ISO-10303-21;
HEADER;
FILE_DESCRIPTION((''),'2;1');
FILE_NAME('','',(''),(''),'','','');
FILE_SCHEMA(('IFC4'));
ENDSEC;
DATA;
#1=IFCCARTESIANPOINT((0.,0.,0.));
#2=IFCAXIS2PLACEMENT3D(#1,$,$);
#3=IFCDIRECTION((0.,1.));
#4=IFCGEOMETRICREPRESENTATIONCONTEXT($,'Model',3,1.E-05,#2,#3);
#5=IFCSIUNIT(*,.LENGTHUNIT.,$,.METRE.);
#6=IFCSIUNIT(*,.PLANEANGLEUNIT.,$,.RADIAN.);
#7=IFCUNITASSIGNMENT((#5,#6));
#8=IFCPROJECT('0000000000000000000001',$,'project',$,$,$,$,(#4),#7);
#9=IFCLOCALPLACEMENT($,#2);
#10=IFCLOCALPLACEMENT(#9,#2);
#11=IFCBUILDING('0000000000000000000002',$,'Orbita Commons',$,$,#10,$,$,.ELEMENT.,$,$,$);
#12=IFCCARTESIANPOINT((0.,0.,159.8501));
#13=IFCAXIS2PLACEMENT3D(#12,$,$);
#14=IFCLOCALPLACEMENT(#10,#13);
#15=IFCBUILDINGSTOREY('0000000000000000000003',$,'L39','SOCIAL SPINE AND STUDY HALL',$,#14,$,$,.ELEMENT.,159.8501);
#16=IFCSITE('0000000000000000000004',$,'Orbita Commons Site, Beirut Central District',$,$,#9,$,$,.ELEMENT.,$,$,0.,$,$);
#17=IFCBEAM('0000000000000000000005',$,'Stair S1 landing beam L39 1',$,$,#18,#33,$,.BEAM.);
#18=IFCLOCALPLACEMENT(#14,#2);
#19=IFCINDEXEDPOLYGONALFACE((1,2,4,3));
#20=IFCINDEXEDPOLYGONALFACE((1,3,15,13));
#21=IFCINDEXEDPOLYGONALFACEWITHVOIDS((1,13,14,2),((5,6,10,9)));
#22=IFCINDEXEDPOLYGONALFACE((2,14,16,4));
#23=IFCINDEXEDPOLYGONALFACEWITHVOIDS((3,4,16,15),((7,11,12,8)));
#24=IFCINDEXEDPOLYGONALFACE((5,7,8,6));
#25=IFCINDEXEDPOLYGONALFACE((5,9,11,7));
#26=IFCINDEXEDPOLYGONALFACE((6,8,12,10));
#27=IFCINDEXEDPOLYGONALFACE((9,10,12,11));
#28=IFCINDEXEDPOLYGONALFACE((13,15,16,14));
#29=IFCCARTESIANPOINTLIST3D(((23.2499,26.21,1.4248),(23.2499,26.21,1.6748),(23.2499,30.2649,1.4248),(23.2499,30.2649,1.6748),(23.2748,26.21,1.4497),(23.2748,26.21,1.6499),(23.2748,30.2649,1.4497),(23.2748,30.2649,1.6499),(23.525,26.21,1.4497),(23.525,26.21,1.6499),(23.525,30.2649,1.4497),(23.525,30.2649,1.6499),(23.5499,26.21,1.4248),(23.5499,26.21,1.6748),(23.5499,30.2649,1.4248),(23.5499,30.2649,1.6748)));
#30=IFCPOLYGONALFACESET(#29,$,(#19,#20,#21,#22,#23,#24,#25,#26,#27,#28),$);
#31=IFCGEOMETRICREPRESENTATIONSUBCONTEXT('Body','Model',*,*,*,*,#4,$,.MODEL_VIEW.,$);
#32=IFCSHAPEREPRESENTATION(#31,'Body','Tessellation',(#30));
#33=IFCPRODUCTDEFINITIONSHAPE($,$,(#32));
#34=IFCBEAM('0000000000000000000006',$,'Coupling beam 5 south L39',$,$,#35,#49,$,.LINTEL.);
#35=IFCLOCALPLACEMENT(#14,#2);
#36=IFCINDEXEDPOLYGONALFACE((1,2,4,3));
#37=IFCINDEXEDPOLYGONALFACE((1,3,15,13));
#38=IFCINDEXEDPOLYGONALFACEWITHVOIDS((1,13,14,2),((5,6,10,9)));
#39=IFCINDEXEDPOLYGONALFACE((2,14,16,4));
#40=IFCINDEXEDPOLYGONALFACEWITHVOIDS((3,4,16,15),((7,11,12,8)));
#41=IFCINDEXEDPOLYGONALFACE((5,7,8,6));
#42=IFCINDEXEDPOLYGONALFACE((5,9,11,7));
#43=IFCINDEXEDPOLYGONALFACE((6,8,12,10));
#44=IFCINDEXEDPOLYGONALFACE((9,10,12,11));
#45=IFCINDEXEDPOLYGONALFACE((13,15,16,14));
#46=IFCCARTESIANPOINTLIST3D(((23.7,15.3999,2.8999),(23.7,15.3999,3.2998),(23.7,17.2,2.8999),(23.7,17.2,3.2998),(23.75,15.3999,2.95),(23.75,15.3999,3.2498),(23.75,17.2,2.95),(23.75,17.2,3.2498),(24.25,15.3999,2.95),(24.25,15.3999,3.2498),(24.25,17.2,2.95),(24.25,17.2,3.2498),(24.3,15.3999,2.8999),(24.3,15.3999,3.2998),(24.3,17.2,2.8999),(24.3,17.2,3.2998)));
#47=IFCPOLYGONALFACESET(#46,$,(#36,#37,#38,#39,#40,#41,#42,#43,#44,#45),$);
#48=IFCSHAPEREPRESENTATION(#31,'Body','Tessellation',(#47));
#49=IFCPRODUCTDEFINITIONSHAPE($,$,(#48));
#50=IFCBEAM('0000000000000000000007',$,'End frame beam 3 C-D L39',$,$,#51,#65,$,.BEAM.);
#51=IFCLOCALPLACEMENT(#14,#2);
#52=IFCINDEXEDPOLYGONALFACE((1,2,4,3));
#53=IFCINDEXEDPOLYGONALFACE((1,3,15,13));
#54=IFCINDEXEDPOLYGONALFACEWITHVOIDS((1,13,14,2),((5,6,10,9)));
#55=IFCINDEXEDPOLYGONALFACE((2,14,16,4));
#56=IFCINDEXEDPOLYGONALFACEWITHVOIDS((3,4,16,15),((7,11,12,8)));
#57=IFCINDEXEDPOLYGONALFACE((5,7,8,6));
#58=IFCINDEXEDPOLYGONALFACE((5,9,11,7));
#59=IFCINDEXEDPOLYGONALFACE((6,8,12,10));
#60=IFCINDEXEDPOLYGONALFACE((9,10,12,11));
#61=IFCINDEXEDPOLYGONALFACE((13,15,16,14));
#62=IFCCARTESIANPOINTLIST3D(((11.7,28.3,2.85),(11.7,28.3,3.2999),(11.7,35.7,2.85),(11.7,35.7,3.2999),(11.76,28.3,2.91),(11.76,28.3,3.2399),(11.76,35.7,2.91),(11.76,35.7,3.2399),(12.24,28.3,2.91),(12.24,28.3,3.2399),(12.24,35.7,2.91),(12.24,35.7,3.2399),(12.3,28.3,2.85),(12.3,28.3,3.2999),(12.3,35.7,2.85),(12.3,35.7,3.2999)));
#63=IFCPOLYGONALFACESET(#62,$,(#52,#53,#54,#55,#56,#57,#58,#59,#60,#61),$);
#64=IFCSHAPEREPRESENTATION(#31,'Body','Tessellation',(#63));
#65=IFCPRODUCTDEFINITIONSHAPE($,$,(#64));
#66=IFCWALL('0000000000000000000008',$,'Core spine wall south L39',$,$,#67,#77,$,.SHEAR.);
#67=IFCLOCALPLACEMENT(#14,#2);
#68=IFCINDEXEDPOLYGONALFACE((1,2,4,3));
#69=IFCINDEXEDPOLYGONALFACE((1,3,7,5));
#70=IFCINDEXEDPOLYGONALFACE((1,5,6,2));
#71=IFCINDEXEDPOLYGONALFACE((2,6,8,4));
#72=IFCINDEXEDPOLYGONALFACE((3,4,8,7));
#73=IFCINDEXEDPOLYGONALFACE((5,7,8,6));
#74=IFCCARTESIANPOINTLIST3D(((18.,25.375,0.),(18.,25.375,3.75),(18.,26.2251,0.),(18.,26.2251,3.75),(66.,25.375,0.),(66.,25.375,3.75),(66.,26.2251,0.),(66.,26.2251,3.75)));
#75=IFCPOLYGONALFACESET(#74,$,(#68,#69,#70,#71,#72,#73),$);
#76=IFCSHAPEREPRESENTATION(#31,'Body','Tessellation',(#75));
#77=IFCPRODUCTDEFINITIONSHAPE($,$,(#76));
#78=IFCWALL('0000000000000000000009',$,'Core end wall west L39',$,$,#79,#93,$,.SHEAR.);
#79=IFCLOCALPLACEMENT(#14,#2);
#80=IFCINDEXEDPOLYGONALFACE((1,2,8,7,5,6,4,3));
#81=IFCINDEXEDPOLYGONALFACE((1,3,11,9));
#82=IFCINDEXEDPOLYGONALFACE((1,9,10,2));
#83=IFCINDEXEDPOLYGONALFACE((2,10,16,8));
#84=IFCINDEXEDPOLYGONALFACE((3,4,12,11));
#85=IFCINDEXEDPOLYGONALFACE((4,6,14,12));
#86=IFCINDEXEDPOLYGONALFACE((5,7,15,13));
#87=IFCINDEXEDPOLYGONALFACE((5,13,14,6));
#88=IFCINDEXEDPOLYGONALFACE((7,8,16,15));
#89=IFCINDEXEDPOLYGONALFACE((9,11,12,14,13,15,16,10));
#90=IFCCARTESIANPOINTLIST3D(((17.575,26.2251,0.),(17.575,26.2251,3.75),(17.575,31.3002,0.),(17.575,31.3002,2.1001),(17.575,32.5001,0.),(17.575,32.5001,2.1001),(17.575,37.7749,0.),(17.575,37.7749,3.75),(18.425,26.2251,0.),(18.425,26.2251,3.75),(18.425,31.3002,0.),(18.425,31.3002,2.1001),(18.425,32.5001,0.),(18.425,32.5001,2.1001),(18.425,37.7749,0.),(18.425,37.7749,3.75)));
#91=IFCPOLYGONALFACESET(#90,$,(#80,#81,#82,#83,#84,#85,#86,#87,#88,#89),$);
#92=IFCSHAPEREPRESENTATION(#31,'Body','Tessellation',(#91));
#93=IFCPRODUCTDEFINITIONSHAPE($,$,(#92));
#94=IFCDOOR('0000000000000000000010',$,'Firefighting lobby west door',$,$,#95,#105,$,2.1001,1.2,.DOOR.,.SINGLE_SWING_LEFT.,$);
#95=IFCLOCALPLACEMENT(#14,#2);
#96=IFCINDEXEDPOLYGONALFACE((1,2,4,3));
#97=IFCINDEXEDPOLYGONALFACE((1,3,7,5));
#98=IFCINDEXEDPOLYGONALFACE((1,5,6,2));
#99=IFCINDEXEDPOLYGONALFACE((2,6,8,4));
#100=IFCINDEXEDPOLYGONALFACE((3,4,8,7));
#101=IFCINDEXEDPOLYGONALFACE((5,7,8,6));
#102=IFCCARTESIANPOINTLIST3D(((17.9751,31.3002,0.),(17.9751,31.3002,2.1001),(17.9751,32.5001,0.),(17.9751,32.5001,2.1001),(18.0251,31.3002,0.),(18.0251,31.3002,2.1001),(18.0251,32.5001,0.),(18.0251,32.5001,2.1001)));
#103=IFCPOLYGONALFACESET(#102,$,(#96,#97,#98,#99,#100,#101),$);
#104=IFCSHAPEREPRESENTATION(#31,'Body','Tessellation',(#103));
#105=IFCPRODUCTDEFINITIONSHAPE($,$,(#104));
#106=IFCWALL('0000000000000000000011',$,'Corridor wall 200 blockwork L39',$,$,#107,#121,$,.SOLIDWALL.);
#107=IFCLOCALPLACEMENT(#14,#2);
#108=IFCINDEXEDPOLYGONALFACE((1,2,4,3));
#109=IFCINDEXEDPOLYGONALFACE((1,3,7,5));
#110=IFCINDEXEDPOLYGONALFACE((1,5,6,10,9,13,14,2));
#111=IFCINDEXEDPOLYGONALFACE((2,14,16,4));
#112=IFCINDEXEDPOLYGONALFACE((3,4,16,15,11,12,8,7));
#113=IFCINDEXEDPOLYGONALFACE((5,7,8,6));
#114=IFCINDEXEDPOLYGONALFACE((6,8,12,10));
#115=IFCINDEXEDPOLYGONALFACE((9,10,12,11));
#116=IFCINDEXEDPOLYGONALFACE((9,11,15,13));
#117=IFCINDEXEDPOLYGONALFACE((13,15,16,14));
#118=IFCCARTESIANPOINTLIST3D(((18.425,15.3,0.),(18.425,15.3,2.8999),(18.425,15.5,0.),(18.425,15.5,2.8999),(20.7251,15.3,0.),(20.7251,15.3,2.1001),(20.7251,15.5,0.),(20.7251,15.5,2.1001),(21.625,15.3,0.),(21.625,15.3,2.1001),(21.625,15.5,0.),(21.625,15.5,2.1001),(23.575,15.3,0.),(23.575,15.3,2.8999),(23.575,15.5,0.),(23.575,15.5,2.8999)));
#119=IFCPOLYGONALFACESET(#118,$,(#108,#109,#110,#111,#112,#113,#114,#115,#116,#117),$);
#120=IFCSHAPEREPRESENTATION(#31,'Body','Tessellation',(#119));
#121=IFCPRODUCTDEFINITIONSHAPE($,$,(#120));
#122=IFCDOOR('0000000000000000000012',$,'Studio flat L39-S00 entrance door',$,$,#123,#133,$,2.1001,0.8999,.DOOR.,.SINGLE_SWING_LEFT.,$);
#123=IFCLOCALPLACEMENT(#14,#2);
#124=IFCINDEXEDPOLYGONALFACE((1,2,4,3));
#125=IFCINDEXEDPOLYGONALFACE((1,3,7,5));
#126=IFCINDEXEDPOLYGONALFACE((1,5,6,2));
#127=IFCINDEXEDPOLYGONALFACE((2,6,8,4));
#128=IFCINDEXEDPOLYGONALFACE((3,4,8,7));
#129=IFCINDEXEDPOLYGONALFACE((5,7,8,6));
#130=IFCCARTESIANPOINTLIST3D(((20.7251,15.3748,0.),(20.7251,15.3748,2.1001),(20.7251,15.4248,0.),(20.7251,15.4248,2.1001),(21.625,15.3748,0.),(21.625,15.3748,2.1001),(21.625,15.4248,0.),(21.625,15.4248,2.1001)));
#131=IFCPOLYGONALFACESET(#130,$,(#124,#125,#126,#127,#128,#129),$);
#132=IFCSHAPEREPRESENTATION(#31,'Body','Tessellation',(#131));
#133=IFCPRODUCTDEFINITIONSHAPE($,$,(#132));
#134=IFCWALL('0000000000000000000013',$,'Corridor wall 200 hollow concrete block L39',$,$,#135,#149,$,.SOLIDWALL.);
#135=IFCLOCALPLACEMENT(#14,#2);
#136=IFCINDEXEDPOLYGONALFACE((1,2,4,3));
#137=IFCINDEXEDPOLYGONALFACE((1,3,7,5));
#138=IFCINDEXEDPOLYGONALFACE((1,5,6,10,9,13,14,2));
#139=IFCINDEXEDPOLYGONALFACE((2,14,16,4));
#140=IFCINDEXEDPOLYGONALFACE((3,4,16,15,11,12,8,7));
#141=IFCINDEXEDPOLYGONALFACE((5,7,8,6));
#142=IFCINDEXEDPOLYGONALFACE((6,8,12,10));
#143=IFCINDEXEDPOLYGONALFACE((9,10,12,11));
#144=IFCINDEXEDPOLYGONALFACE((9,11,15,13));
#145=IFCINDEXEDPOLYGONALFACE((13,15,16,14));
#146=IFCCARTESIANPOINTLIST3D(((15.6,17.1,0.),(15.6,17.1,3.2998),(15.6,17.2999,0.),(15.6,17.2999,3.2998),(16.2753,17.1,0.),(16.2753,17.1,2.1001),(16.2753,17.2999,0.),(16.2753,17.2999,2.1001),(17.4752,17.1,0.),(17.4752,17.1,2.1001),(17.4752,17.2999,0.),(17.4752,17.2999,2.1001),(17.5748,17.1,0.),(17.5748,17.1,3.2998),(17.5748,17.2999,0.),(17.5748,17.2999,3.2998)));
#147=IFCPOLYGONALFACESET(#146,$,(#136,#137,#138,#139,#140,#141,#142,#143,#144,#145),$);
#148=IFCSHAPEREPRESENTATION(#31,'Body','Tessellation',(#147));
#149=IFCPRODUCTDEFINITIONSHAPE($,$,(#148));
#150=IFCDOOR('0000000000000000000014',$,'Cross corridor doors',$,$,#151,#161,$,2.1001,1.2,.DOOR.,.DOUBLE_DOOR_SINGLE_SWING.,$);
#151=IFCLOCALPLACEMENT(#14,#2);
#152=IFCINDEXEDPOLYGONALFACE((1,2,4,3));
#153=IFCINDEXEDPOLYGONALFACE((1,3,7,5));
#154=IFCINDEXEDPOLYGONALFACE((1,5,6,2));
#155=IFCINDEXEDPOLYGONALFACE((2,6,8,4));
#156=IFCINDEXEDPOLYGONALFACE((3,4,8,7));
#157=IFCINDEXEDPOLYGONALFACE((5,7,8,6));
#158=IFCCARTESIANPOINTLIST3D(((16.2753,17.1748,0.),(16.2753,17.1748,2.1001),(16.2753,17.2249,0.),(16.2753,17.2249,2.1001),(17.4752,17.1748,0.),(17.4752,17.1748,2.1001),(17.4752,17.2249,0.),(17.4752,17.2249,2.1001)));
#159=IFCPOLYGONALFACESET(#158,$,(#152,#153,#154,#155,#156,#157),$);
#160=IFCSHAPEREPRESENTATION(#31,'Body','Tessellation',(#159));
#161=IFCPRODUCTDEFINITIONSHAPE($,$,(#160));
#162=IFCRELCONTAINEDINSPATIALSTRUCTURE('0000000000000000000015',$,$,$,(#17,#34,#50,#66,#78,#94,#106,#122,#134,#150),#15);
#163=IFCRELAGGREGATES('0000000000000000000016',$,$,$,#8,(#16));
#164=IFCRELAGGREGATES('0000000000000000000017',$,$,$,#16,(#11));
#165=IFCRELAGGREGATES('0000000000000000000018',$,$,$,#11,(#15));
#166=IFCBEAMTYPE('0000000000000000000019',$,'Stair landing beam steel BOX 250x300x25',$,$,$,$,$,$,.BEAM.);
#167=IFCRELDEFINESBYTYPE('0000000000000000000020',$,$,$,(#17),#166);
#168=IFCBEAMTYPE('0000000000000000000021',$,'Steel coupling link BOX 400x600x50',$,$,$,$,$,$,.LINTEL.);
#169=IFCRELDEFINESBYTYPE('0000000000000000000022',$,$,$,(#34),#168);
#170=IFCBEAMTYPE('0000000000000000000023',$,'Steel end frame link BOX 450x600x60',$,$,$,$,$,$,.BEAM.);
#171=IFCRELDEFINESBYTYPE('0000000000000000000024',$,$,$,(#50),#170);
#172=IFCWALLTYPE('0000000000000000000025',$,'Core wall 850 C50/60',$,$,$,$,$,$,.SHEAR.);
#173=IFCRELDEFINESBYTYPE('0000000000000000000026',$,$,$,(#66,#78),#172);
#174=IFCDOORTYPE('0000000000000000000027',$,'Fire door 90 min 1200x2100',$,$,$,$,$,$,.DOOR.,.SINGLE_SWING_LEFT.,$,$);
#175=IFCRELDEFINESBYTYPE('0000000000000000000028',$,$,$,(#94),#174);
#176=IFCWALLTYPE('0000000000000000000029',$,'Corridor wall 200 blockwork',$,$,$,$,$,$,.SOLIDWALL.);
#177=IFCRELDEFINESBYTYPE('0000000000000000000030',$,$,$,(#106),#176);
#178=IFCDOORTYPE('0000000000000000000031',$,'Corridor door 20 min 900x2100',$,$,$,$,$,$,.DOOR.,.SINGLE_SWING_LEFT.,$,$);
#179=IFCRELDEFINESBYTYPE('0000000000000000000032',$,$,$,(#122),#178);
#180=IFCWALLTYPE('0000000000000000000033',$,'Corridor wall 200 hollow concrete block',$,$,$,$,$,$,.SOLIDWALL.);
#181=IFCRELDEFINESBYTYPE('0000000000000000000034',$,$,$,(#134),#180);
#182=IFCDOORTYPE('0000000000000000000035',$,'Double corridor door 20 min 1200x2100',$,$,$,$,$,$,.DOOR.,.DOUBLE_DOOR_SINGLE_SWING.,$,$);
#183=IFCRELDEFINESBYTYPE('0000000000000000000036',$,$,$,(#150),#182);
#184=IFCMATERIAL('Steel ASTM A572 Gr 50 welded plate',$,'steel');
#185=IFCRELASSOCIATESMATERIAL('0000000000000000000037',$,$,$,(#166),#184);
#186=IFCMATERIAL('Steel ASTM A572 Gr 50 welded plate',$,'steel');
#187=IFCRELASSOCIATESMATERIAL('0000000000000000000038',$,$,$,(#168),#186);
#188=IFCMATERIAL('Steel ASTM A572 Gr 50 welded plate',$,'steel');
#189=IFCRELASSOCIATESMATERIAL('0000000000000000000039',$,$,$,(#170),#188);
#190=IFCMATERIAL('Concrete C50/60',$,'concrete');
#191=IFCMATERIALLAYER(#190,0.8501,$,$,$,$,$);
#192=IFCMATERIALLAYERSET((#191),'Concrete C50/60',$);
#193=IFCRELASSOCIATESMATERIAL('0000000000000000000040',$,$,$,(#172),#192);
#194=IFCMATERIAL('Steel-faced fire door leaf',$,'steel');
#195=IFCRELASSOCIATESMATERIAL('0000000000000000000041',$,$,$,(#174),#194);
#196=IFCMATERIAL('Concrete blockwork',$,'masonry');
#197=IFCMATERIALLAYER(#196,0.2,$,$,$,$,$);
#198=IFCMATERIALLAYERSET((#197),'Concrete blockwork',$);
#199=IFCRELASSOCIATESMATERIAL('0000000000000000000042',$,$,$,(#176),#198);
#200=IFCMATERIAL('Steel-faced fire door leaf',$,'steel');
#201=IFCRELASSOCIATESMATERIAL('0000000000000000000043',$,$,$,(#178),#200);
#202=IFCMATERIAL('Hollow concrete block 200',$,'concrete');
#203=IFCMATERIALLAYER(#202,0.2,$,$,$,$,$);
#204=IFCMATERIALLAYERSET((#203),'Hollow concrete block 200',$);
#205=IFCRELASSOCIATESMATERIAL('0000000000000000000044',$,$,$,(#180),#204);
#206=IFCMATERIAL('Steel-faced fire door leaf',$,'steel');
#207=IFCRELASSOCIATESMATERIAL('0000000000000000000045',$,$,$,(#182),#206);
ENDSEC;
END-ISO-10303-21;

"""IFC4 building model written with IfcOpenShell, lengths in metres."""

from ifc_helpers import new_model, si_unit, direction, frame, frame_2d, origin, origin_2d, place, context, subcontext, project, spatial, polyline, rectangle, hollow_rectangle, outline, extrude, material, layer, layer_set, material_profile, profile_set, type_object, element, fill, save


model = new_model("IFC4")

# Units and contexts
model_context = context("Model", 3, precision=1e-05, world=origin(), true_north=direction((0.0, 1.0)))
body_context = subcontext(model_context, "Body", "Model", "MODEL_VIEW")
ifc_project = project(units=[si_unit("LENGTHUNIT", "METRE"), si_unit("PLANEANGLEUNIT", "RADIAN")], contexts=[model_context])

# Site, building, storey
site_placement = place(None, origin())
site = spatial("IfcSite", under=ifc_project, at=site_placement, Name="Orbita Commons Site, Beirut Central District", CompositionType="ELEMENT", RefElevation=0.0)
building_placement = place(site_placement, origin())
building = spatial("IfcBuilding", under=site, at=building_placement, Name="Orbita Commons", CompositionType="ELEMENT")
storey_placement = place(building_placement, frame((0.0, 0.0, 159.8501)))
storey = spatial("IfcBuildingStorey", under=building, at=storey_placement, Name="L39", Description="SOCIAL SPINE AND STUDY HALL", CompositionType="ELEMENT", Elevation=159.8501)

# Beams
ifc_material_1 = material(Name="Steel ASTM A572 Gr 50 welded plate", Category="steel")
ifc_material_profile_1 = material_profile(ifc_material_1, hollow_rectangle(XDim=0.3, YDim=0.25, WallThickness=0.0249, at=origin_2d()), Name="BOX 250x300x25")
ifc_profile_set_1 = profile_set([ifc_material_profile_1], Name="Steel ASTM A572 Gr 50 welded plate")
beam_type_1 = type_object("IfcBeamType", Name="Stair landing beam steel BOX 250x300x25", PredefinedType="BEAM", material=ifc_profile_set_1)
beam_1_placement = place(storey_placement, frame((23.3999, 26.21, 1.5498), z_axis=(0.0, 1.0, 0.0), x_axis=(-1.0, 0.0, 0.0)))
element("IfcBeam", 1, at=beam_1_placement, inside=storey, type_object=beam_type_1, Name="Stair S1 landing beam L39 1", PredefinedType="BEAM", context=body_context, shape_type="SweptSolid", body=[
    extrude(hollow_rectangle(XDim=0.3, YDim=0.25, WallThickness=0.0249, at=origin_2d()), origin(), (0.0, 0.0, 1.0), 4.0549),
])
ifc_material_2 = material(Name="Steel ASTM A572 Gr 50 welded plate", Category="steel")
ifc_material_profile_2 = material_profile(ifc_material_2, hollow_rectangle(XDim=0.6001, YDim=0.3999, WallThickness=0.05, at=origin_2d()), Name="BOX 400x600x50")
ifc_profile_set_2 = profile_set([ifc_material_profile_2], Name="Steel ASTM A572 Gr 50 welded plate")
beam_type_2 = type_object("IfcBeamType", Name="Steel coupling link BOX 400x600x50", PredefinedType="LINTEL", material=ifc_profile_set_2)
beam_2_placement = place(storey_placement, frame((24.0, 15.3999, 3.0999), z_axis=(0.0, 1.0, 0.0), x_axis=(-1.0, 0.0, 0.0)))
element("IfcBeam", 2, at=beam_2_placement, inside=storey, type_object=beam_type_2, Name="Coupling beam 5 south L39", PredefinedType="LINTEL", context=body_context, shape_type="SweptSolid", body=[
    extrude(hollow_rectangle(XDim=0.6001, YDim=0.3999, WallThickness=0.05, at=origin_2d()), origin(), (0.0, 0.0, 1.0), 1.8),
])
ifc_material_3 = material(Name="Steel ASTM A572 Gr 50 welded plate", Category="steel")
ifc_material_profile_3 = material_profile(ifc_material_3, hollow_rectangle(XDim=0.6001, YDim=0.45, WallThickness=0.0601, at=origin_2d()), Name="BOX 450x600x60")
ifc_profile_set_3 = profile_set([ifc_material_profile_3], Name="Steel ASTM A572 Gr 50 welded plate")
beam_type_3 = type_object("IfcBeamType", Name="Steel end frame link BOX 450x600x60", PredefinedType="BEAM", material=ifc_profile_set_3)
beam_3_placement = place(storey_placement, frame((12.0, 28.3, 3.075), z_axis=(0.0, 1.0, 0.0), x_axis=(-1.0, 0.0, 0.0)))
element("IfcBeam", 3, at=beam_3_placement, inside=storey, type_object=beam_type_3, Name="End frame beam 3 C-D L39", PredefinedType="BEAM", context=body_context, shape_type="SweptSolid", body=[
    extrude(hollow_rectangle(XDim=0.6001, YDim=0.45, WallThickness=0.0601, at=origin_2d()), origin(), (0.0, 0.0, 1.0), 7.3999),
])

# Wall
ifc_material_4 = material(Name="Concrete C50/60", Category="concrete")
ifc_layer_1 = layer(ifc_material_4, 0.8501)
ifc_layer_set_1 = layer_set([ifc_layer_1], Name="Concrete C50/60")
wall_type_1 = type_object("IfcWallType", Name="Core wall 850 C50/60", PredefinedType="SHEAR", material=ifc_layer_set_1)
wall_1_placement = place(storey_placement, frame((18.0, 25.8, 0.0), z_axis=(0.0, 0.0, 1.0), x_axis=(1.0, 0.0, 0.0)))
element("IfcWall", 4, at=wall_1_placement, inside=storey, type_object=wall_type_1, Name="Core spine wall south L39", PredefinedType="SHEAR", context=body_context, shape_type="SweptSolid", body=[
    extrude(rectangle(XDim=48.0, YDim=0.8501, at=frame_2d((24.0, 0.0))), origin(), (0.0, 0.0, 1.0), 3.75),
])

# Walls, openings, doors
wall_2_placement = place(storey_placement, frame((18.0, 26.2251, 0.0), z_axis=(0.0, 0.0, 1.0), x_axis=(0.0, 1.0, 0.0)))
wall_2 = element("IfcWall", 5, at=wall_2_placement, inside=storey, type_object=wall_type_1, Name="Core end wall west L39", PredefinedType="SHEAR", context=body_context, shape_type="SweptSolid", body=[
    extrude(rectangle(XDim=11.5498, YDim=0.8501, at=frame_2d((5.7749, 0.0))), origin(), (0.0, 0.0, 1.0), 3.75),
])
opening_1_placement = place(wall_2_placement, frame((5.075, 0.0, 0.0)))
opening_1 = element("IfcOpeningElement", 6, at=opening_1_placement, cuts=wall_2, PredefinedType="OPENING", context=body_context, shape_type="SweptSolid", body=[
    extrude(rectangle(XDim=1.2, YDim=2.1001, at=frame_2d((0.6001, 1.05))), frame((0.0, 0.4351, 0.0), z_axis=(0.0, -1.0, 0.0), x_axis=(1.0, 0.0, 0.0)), (0.0, 0.0, 1.0), 0.8701),
])
ifc_material_5 = material(Name="Steel-faced fire door leaf", Category="steel")
door_type_1 = type_object("IfcDoorType", Name="Fire door 90 min 1200x2100", OperationType="SINGLE_SWING_LEFT", PredefinedType="DOOR", material=ifc_material_5)
door_1_placement = place(opening_1_placement, origin())
door_1 = element("IfcDoor", 7, at=door_1_placement, inside=storey, type_object=door_type_1, Name="Firefighting lobby west door", OperationType="SINGLE_SWING_LEFT", OverallHeight=2.1001, OverallWidth=1.2, PredefinedType="DOOR", context=body_context, shape_type="SweptSolid", body=[
    extrude(rectangle(XDim=1.2, YDim=2.1001, at=frame_2d((0.6001, 1.05))), frame((0.0, 0.0249, 0.0), z_axis=(0.0, -1.0, 0.0), x_axis=(1.0, 0.0, 0.0)), (0.0, 0.0, 1.0), 0.05),
])
fill(opening_1, door_1)
ifc_material_6 = material(Name="Concrete blockwork", Category="masonry")
ifc_layer_2 = layer(ifc_material_6, 0.2)
ifc_layer_set_2 = layer_set([ifc_layer_2], Name="Concrete blockwork")
wall_type_2 = type_object("IfcWallType", Name="Corridor wall 200 blockwork", PredefinedType="SOLIDWALL", material=ifc_layer_set_2)
wall_3_placement = place(storey_placement, frame((18.425, 15.3999, 0.0), z_axis=(0.0, 0.0, 1.0), x_axis=(1.0, 0.0, 0.0)))
wall_3 = element("IfcWall", 8, at=wall_3_placement, inside=storey, type_object=wall_type_2, Name="Corridor wall 200 blockwork L39", PredefinedType="SOLIDWALL", context=body_context, shape_type="SweptSolid", body=[
    extrude(outline(polyline([(0.0, 0.0), (5.1499, 0.0), (5.1499, 2.8999), (0.0, 2.8999), (0.0, 0.0)])), frame((0.0, 0.1001, 0.0), z_axis=(0.0, -1.0, 0.0), x_axis=(1.0, 0.0, 0.0)), (0.0, 0.0, 1.0), 0.2),
])
opening_2_placement = place(wall_3_placement, frame((2.3, 0.0, 0.0)))
opening_2 = element("IfcOpeningElement", 9, at=opening_2_placement, cuts=wall_3, PredefinedType="OPENING", context=body_context, shape_type="SweptSolid", body=[
    extrude(rectangle(XDim=0.8999, YDim=2.1001, at=frame_2d((0.45, 1.05))), frame((0.0, 0.1099, 0.0), z_axis=(0.0, -1.0, 0.0), x_axis=(1.0, 0.0, 0.0)), (0.0, 0.0, 1.0), 0.22),
])
ifc_material_7 = material(Name="Steel-faced fire door leaf", Category="steel")
door_type_2 = type_object("IfcDoorType", Name="Corridor door 20 min 900x2100", OperationType="SINGLE_SWING_LEFT", PredefinedType="DOOR", material=ifc_material_7)
door_2_placement = place(opening_2_placement, origin())
door_2 = element("IfcDoor", 10, at=door_2_placement, inside=storey, type_object=door_type_2, Name="Studio flat L39-S00 entrance door", OperationType="SINGLE_SWING_LEFT", OverallHeight=2.1001, OverallWidth=0.8999, PredefinedType="DOOR", context=body_context, shape_type="SweptSolid", body=[
    extrude(rectangle(XDim=0.8999, YDim=2.1001, at=frame_2d((0.45, 1.05))), frame((0.0, 0.0249, 0.0), z_axis=(0.0, -1.0, 0.0), x_axis=(1.0, 0.0, 0.0)), (0.0, 0.0, 1.0), 0.05),
])
fill(opening_2, door_2)
ifc_material_8 = material(Name="Hollow concrete block 200", Category="concrete")
ifc_layer_3 = layer(ifc_material_8, 0.2)
ifc_layer_set_3 = layer_set([ifc_layer_3], Name="Hollow concrete block 200")
wall_type_3 = type_object("IfcWallType", Name="Corridor wall 200 hollow concrete block", PredefinedType="SOLIDWALL", material=ifc_layer_set_3)
wall_4_placement = place(storey_placement, frame((15.6001, 17.2, 0.0), z_axis=(0.0, 0.0, 1.0), x_axis=(1.0, 0.0, 0.0)))
wall_4 = element("IfcWall", 11, at=wall_4_placement, inside=storey, type_object=wall_type_3, Name="Corridor wall 200 hollow concrete block L39", PredefinedType="SOLIDWALL", context=body_context, shape_type="SweptSolid", body=[
    extrude(rectangle(XDim=1.9749, YDim=0.2, at=frame_2d((0.9873, 0.0))), origin(), (0.0, 0.0, 1.0), 3.2998),
])
opening_3_placement = place(wall_4_placement, frame((0.675, 0.0, 0.0)))
opening_3 = element("IfcOpeningElement", 12, at=opening_3_placement, cuts=wall_4, PredefinedType="OPENING", context=body_context, shape_type="SweptSolid", body=[
    extrude(rectangle(XDim=1.2, YDim=2.1001, at=frame_2d((0.6001, 1.05))), frame((0.0, 0.1099, 0.0), z_axis=(0.0, -1.0, 0.0), x_axis=(1.0, 0.0, 0.0)), (0.0, 0.0, 1.0), 0.22),
])
ifc_material_9 = material(Name="Steel-faced fire door leaf", Category="steel")
door_type_3 = type_object("IfcDoorType", Name="Double corridor door 20 min 1200x2100", OperationType="DOUBLE_DOOR_SINGLE_SWING", PredefinedType="DOOR", material=ifc_material_9)
door_3_placement = place(opening_3_placement, origin())
door_3 = element("IfcDoor", 13, at=door_3_placement, inside=storey, type_object=door_type_3, Name="Cross corridor doors", OperationType="DOUBLE_DOOR_SINGLE_SWING", OverallHeight=2.1001, OverallWidth=1.2, PredefinedType="DOOR", context=body_context, shape_type="SweptSolid", body=[
    extrude(rectangle(XDim=1.2, YDim=2.1001, at=frame_2d((0.6001, 1.05))), frame((0.0, 0.0249, 0.0), z_axis=(0.0, -1.0, 0.0), x_axis=(1.0, 0.0, 0.0)), (0.0, 0.0, 1.0), 0.05),
])
fill(opening_3, door_3)

save(model, "model.ifc")
